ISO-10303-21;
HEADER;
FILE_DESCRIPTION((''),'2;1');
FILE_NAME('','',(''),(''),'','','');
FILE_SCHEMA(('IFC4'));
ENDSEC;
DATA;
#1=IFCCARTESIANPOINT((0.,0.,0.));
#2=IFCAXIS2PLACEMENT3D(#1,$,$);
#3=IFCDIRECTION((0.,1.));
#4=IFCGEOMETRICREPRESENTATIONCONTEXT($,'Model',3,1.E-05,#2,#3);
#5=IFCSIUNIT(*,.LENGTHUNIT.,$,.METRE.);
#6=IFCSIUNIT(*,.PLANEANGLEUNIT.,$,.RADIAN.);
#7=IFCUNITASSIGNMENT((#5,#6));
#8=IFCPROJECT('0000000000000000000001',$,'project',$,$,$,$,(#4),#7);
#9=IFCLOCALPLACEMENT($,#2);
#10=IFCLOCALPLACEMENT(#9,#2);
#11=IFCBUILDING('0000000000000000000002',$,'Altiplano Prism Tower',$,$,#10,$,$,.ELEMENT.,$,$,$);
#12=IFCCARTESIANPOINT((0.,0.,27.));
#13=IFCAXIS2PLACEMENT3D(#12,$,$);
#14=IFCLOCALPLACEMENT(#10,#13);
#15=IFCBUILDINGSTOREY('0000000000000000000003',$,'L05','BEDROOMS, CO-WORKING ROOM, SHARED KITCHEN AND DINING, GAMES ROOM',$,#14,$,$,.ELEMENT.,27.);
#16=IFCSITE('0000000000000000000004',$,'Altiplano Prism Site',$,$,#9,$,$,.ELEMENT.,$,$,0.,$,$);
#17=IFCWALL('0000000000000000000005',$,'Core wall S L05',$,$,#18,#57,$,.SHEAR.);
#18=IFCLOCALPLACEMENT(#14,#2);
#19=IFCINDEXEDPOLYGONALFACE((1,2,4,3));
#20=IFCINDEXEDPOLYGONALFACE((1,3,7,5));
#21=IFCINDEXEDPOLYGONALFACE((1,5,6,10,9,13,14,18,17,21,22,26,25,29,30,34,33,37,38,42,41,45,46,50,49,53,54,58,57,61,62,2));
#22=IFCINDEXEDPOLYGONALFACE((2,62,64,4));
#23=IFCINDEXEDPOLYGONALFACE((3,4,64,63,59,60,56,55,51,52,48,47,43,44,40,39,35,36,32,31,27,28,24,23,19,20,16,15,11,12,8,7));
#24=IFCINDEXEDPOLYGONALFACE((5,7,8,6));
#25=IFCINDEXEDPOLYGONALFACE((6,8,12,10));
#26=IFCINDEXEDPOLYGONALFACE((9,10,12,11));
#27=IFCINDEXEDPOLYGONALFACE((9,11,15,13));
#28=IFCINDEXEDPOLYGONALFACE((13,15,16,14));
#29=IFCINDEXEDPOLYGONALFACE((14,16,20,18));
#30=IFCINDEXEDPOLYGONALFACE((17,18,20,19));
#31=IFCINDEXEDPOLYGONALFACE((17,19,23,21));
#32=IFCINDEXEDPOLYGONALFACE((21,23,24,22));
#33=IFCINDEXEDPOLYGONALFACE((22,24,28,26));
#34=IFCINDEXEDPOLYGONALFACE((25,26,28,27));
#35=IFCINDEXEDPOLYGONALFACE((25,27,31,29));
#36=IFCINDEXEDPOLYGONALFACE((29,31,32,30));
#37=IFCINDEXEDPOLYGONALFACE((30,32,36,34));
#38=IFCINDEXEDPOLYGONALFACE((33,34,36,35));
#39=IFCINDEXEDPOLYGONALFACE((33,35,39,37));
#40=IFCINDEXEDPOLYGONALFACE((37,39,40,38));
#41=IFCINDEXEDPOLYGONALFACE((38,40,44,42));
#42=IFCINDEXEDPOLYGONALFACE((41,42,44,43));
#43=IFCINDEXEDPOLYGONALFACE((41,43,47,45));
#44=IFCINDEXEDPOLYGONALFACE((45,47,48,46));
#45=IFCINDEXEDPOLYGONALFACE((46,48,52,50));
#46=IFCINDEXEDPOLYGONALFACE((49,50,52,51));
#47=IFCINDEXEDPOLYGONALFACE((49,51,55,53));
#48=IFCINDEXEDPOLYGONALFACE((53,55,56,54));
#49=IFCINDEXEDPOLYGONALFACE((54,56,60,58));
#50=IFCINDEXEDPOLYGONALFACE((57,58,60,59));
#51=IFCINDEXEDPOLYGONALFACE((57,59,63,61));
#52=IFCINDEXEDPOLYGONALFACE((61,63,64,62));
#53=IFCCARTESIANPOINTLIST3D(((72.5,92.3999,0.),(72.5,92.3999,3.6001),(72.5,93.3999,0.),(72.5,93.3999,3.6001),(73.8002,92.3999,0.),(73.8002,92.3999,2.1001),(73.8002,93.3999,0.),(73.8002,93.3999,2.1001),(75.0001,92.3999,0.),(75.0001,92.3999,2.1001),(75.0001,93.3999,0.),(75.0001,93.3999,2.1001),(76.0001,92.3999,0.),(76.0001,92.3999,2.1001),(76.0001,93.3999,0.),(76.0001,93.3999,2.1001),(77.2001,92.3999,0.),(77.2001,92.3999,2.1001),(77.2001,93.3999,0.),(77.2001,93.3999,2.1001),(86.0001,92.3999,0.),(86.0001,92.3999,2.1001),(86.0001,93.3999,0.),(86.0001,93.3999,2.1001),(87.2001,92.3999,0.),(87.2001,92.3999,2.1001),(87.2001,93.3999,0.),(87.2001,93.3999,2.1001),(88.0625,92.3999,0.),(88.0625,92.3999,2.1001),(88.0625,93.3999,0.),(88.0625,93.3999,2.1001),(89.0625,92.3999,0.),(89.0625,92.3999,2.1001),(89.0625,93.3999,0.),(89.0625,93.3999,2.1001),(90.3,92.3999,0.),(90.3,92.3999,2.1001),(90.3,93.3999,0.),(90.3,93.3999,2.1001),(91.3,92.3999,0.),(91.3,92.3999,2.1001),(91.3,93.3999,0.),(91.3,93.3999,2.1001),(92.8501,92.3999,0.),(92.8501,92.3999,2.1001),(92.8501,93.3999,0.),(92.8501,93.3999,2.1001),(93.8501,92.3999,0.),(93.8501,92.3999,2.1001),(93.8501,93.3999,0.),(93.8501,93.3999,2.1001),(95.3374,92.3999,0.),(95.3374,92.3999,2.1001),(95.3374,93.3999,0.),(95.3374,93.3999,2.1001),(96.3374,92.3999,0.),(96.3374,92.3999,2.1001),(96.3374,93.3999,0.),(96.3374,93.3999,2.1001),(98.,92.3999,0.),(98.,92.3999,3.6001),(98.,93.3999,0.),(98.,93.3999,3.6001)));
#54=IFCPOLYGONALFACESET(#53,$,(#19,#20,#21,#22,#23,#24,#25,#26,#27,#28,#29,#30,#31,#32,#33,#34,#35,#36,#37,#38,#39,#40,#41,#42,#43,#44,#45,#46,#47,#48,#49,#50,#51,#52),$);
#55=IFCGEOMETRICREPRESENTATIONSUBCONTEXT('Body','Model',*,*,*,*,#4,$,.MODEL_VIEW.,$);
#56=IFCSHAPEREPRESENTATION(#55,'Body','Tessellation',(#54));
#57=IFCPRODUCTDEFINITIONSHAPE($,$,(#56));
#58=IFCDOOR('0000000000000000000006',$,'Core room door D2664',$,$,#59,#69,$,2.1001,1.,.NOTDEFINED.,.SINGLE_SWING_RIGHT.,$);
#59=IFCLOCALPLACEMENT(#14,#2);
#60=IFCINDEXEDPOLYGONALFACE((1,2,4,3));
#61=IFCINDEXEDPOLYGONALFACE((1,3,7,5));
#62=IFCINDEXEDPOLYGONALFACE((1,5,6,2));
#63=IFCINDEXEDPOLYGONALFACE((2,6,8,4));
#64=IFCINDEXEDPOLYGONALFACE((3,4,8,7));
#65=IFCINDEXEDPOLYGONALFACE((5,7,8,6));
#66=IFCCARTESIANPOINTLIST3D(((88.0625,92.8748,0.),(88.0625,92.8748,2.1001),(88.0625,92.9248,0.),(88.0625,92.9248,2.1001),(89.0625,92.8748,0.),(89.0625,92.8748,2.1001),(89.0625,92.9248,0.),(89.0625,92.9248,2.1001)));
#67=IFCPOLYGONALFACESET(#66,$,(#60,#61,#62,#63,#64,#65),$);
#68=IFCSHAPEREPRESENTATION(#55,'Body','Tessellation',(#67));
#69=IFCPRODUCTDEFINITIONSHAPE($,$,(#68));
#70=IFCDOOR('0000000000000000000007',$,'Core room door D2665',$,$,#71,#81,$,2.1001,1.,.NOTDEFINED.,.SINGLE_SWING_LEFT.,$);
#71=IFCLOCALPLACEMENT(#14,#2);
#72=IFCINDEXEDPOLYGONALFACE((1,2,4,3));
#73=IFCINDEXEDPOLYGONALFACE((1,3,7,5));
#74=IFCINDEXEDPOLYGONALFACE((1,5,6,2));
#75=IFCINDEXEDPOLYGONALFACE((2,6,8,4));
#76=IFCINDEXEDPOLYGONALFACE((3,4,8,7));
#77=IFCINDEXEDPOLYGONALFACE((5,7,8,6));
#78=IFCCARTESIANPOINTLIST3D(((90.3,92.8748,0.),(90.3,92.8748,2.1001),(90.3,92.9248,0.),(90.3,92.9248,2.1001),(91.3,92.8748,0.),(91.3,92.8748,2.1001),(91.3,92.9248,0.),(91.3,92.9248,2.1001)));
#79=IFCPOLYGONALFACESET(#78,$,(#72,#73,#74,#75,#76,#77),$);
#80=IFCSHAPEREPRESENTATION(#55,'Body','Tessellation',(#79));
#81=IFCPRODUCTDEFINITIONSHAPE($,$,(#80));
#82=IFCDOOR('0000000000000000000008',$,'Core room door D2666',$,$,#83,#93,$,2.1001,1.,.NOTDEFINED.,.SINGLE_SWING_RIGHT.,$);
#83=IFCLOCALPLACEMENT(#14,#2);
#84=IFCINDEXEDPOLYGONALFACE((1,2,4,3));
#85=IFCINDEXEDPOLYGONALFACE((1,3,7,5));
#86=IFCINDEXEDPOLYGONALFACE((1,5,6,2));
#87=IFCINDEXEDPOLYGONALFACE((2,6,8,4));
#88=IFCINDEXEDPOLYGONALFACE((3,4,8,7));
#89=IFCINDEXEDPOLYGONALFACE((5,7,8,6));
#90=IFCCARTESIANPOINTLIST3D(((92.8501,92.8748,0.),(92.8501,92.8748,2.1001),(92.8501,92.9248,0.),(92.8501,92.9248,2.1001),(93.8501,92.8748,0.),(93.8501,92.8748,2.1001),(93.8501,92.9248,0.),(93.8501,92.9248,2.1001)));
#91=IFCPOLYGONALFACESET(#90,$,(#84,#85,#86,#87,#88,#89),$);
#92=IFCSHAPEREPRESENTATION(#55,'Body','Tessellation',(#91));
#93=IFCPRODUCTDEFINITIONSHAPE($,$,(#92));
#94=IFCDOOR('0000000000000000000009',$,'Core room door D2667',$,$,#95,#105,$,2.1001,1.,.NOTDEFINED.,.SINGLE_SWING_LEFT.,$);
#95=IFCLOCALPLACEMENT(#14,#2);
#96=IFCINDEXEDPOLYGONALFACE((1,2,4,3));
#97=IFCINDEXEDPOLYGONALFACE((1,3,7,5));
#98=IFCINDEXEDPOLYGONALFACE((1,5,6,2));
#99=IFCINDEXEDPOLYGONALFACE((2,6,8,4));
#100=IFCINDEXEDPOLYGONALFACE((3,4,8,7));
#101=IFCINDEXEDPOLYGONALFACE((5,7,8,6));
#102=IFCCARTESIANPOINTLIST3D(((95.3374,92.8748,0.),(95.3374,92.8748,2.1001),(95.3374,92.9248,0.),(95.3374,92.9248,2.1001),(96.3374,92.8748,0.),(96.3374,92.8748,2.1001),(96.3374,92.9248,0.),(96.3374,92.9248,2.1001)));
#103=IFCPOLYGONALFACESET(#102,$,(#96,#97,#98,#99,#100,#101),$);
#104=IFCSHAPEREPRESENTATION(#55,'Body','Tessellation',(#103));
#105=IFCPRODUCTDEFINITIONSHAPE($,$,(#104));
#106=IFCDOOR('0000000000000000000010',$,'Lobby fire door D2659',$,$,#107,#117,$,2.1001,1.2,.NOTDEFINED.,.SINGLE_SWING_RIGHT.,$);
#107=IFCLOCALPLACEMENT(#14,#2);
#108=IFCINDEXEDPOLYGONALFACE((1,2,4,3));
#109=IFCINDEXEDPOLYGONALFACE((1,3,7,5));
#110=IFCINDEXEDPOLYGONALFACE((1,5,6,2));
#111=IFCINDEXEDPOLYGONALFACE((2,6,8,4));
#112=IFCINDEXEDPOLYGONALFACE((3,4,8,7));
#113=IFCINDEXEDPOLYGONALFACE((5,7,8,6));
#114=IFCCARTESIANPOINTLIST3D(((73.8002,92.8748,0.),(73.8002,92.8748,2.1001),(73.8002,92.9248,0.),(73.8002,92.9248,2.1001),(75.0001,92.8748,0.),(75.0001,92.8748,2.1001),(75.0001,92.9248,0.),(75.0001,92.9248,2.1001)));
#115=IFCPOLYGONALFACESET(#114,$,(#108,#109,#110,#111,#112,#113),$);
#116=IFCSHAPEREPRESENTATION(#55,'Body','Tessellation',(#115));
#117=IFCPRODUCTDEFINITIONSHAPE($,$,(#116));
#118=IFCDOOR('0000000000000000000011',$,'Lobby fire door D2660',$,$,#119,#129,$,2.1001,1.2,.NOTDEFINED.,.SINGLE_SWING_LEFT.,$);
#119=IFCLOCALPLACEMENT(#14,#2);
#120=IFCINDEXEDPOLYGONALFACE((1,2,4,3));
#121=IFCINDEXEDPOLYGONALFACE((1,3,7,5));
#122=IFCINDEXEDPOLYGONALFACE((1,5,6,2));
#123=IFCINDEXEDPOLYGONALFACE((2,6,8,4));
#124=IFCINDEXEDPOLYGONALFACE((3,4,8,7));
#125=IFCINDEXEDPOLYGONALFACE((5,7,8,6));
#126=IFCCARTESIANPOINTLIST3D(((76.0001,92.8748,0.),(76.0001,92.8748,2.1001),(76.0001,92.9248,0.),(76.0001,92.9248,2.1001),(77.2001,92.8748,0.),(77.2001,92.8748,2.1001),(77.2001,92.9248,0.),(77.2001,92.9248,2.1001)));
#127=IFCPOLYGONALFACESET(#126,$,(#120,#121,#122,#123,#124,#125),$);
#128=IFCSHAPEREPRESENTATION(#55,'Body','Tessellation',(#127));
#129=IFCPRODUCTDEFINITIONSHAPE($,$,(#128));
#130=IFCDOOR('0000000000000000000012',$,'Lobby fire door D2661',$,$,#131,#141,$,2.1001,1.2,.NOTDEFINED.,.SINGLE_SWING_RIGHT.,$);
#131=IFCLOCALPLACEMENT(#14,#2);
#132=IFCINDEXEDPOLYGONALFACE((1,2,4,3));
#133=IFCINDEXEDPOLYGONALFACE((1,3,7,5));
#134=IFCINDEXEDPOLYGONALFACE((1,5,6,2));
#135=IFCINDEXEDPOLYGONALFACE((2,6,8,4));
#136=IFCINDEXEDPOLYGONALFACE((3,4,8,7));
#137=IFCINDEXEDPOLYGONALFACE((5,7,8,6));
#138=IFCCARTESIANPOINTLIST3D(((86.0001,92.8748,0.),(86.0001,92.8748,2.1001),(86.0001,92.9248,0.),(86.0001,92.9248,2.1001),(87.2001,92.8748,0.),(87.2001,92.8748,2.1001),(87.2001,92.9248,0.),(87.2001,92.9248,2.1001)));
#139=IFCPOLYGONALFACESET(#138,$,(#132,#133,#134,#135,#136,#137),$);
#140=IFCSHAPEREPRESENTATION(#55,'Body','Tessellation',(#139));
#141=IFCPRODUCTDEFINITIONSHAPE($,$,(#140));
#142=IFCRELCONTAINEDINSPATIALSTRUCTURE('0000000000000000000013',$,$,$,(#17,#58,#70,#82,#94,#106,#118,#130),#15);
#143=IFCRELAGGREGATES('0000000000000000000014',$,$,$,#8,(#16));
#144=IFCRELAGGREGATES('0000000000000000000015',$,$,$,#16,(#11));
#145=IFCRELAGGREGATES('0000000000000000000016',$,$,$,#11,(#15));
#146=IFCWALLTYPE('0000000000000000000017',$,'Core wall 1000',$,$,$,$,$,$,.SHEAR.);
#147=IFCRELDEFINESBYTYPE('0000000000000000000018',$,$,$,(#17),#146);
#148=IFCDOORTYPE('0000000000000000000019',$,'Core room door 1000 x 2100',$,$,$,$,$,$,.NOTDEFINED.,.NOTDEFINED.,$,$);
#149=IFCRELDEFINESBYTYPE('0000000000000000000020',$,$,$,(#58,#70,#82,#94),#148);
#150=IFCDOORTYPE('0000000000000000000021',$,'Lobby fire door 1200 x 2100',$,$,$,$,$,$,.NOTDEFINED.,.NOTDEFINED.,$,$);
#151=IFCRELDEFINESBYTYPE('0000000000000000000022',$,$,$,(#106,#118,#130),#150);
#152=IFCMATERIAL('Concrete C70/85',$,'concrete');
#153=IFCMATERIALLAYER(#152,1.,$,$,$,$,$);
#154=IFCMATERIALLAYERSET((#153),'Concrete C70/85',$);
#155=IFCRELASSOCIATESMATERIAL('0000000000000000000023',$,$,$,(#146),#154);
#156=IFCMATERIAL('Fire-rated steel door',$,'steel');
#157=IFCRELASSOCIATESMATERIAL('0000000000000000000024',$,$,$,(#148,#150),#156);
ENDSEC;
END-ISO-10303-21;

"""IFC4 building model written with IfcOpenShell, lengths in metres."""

from ifc_helpers import new_model, si_unit, direction, frame, frame_2d, origin, place, context, subcontext, project, spatial, rectangle, extrude, material, layer, layer_set, type_object, element, fill, save


model = new_model("IFC4")

# Units and contexts
model_context = context("Model", 3, precision=1e-05, world=origin(), true_north=direction((0.0, 1.0)))
body_context = subcontext(model_context, "Body", "Model", "MODEL_VIEW")
ifc_project = project(units=[si_unit("LENGTHUNIT", "METRE"), si_unit("PLANEANGLEUNIT", "RADIAN")], contexts=[model_context])

# Site, building, storey
site_placement = place(None, origin())
site = spatial("IfcSite", under=ifc_project, at=site_placement, Name="Altiplano Prism Site", CompositionType="ELEMENT", RefElevation=0.0)
building_placement = place(site_placement, origin())
building = spatial("IfcBuilding", under=site, at=building_placement, Name="Altiplano Prism Tower", CompositionType="ELEMENT")
storey_placement = place(building_placement, frame((0.0, 0.0, 27.0)))
storey = spatial("IfcBuildingStorey", under=building, at=storey_placement, Name="L05", Description="BEDROOMS, CO-WORKING ROOM, SHARED KITCHEN AND DINING, GAMES ROOM", CompositionType="ELEMENT", Elevation=27.0)

# Wall, openings, doors
ifc_material_1 = material(Name="Concrete C70/85", Category="concrete")
ifc_layer_1 = layer(ifc_material_1, 1.0)
ifc_layer_set_1 = layer_set([ifc_layer_1], Name="Concrete C70/85")
wall_type_1 = type_object("IfcWallType", Name="Core wall 1000", PredefinedType="SHEAR", material=ifc_layer_set_1)
wall_1_placement = place(storey_placement, frame((72.5, 92.8999, 0.0), z_axis=(0.0, 0.0, 1.0), x_axis=(1.0, 0.0, 0.0)))
wall_1 = element("IfcWall", 1, at=wall_1_placement, inside=storey, type_object=wall_type_1, Name="Core wall S L05", PredefinedType="SHEAR", context=body_context, shape_type="SweptSolid", body=[
    extrude(rectangle(XDim=25.5, YDim=1.0, at=frame_2d((12.75, 0.0))), origin(), (0.0, 0.0, 1.0), 3.6001),
])
opening_1_placement = place(wall_1_placement, frame((1.3, 0.0, 0.0)))
opening_1 = element("IfcOpeningElement", 2, at=opening_1_placement, cuts=wall_1, PredefinedType="OPENING", context=body_context, shape_type="SweptSolid", body=[
    extrude(rectangle(XDim=1.2, YDim=2.1001, at=frame_2d((0.6001, 1.05))), frame((0.0, 0.5105, 0.0), z_axis=(0.0, -1.0, 0.0), x_axis=(1.0, 0.0, 0.0)), (0.0, 0.0, 1.0), 1.021),
])
opening_2_placement = place(wall_1_placement, frame((3.5, 0.0, 0.0)))
opening_2 = element("IfcOpeningElement", 3, at=opening_2_placement, cuts=wall_1, PredefinedType="OPENING", context=body_context, shape_type="SweptSolid", body=[
    extrude(rectangle(XDim=1.2, YDim=2.1001, at=frame_2d((0.6001, 1.05))), frame((0.0, 0.5105, 0.0), z_axis=(0.0, -1.0, 0.0), x_axis=(1.0, 0.0, 0.0)), (0.0, 0.0, 1.0), 1.021),
])
opening_3_placement = place(wall_1_placement, frame((13.5, 0.0, 0.0)))
opening_3 = element("IfcOpeningElement", 4, at=opening_3_placement, cuts=wall_1, PredefinedType="OPENING", context=body_context, shape_type="SweptSolid", body=[
    extrude(rectangle(XDim=1.2, YDim=2.1001, at=frame_2d((0.6001, 1.05))), frame((0.0, 0.5105, 0.0), z_axis=(0.0, -1.0, 0.0), x_axis=(1.0, 0.0, 0.0)), (0.0, 0.0, 1.0), 1.021),
])
opening_4_placement = place(wall_1_placement, frame((15.5625, 0.0, 0.0)))
opening_4 = element("IfcOpeningElement", 5, at=opening_4_placement, cuts=wall_1, PredefinedType="OPENING", context=body_context, shape_type="SweptSolid", body=[
    extrude(rectangle(XDim=1.0, YDim=2.1001, at=frame_2d((0.5, 1.05))), frame((0.0, 0.5105, 0.0), z_axis=(0.0, -1.0, 0.0), x_axis=(1.0, 0.0, 0.0)), (0.0, 0.0, 1.0), 1.021),
])
opening_5_placement = place(wall_1_placement, frame((17.8, 0.0, 0.0)))
opening_5 = element("IfcOpeningElement", 6, at=opening_5_placement, cuts=wall_1, PredefinedType="OPENING", context=body_context, shape_type="SweptSolid", body=[
    extrude(rectangle(XDim=1.0, YDim=2.1001, at=frame_2d((0.5, 1.05))), frame((0.0, 0.5105, 0.0), z_axis=(0.0, -1.0, 0.0), x_axis=(1.0, 0.0, 0.0)), (0.0, 0.0, 1.0), 1.021),
])
opening_6_placement = place(wall_1_placement, frame((20.3501, 0.0, 0.0)))
opening_6 = element("IfcOpeningElement", 7, at=opening_6_placement, cuts=wall_1, PredefinedType="OPENING", context=body_context, shape_type="SweptSolid", body=[
    extrude(rectangle(XDim=1.0, YDim=2.1001, at=frame_2d((0.5, 1.05))), frame((0.0, 0.5105, 0.0), z_axis=(0.0, -1.0, 0.0), x_axis=(1.0, 0.0, 0.0)), (0.0, 0.0, 1.0), 1.021),
])
opening_7_placement = place(wall_1_placement, frame((22.8374, 0.0, 0.0)))
opening_7 = element("IfcOpeningElement", 8, at=opening_7_placement, cuts=wall_1, PredefinedType="OPENING", context=body_context, shape_type="SweptSolid", body=[
    extrude(rectangle(XDim=1.0, YDim=2.1001, at=frame_2d((0.5, 1.05))), frame((0.0, 0.5105, 0.0), z_axis=(0.0, -1.0, 0.0), x_axis=(1.0, 0.0, 0.0)), (0.0, 0.0, 1.0), 1.021),
])
ifc_material_2 = material(Name="Fire-rated steel door", Category="steel")
door_type_1 = type_object("IfcDoorType", Name="Core room door 1000 x 2100", OperationType="NOTDEFINED", PredefinedType="NOTDEFINED", material=ifc_material_2)
door_1_placement = place(opening_4_placement, origin())
door_1 = element("IfcDoor", 9, at=door_1_placement, inside=storey, type_object=door_type_1, Name="Core room door D2664", OperationType="SINGLE_SWING_RIGHT", OverallHeight=2.1001, OverallWidth=1.0, PredefinedType="NOTDEFINED", context=body_context, shape_type="SweptSolid", body=[
    extrude(rectangle(XDim=1.0, YDim=2.1001, at=frame_2d((0.5, 1.05))), frame((0.0, 0.0249, 0.0), z_axis=(0.0, -1.0, 0.0), x_axis=(1.0, 0.0, 0.0)), (0.0, 0.0, 1.0), 0.05),
])
fill(opening_4, door_1)
door_2_placement = place(opening_5_placement, origin())
door_2 = element("IfcDoor", 10, at=door_2_placement, inside=storey, type_object=door_type_1, Name="Core room door D2665", OperationType="SINGLE_SWING_LEFT", OverallHeight=2.1001, OverallWidth=1.0, PredefinedType="NOTDEFINED", context=body_context, shape_type="SweptSolid", body=[
    extrude(rectangle(XDim=1.0, YDim=2.1001, at=frame_2d((0.5, 1.05))), frame((0.0, 0.0249, 0.0), z_axis=(0.0, -1.0, 0.0), x_axis=(1.0, 0.0, 0.0)), (0.0, 0.0, 1.0), 0.05),
])
fill(opening_5, door_2)
door_3_placement = place(opening_6_placement, origin())
door_3 = element("IfcDoor", 11, at=door_3_placement, inside=storey, type_object=door_type_1, Name="Core room door D2666", OperationType="SINGLE_SWING_RIGHT", OverallHeight=2.1001, OverallWidth=1.0, PredefinedType="NOTDEFINED", context=body_context, shape_type="SweptSolid", body=[
    extrude(rectangle(XDim=1.0, YDim=2.1001, at=frame_2d((0.5, 1.05))), frame((0.0, 0.0249, 0.0), z_axis=(0.0, -1.0, 0.0), x_axis=(1.0, 0.0, 0.0)), (0.0, 0.0, 1.0), 0.05),
])
fill(opening_6, door_3)
door_4_placement = place(opening_7_placement, origin())
door_4 = element("IfcDoor", 12, at=door_4_placement, inside=storey, type_object=door_type_1, Name="Core room door D2667", OperationType="SINGLE_SWING_LEFT", OverallHeight=2.1001, OverallWidth=1.0, PredefinedType="NOTDEFINED", context=body_context, shape_type="SweptSolid", body=[
    extrude(rectangle(XDim=1.0, YDim=2.1001, at=frame_2d((0.5, 1.05))), frame((0.0, 0.0249, 0.0), z_axis=(0.0, -1.0, 0.0), x_axis=(1.0, 0.0, 0.0)), (0.0, 0.0, 1.0), 0.05),
])
fill(opening_7, door_4)
door_type_2 = type_object("IfcDoorType", Name="Lobby fire door 1200 x 2100", OperationType="NOTDEFINED", PredefinedType="NOTDEFINED", material=ifc_material_2)
door_5_placement = place(opening_1_placement, origin())
door_5 = element("IfcDoor", 13, at=door_5_placement, inside=storey, type_object=door_type_2, Name="Lobby fire door D2659", OperationType="SINGLE_SWING_RIGHT", OverallHeight=2.1001, OverallWidth=1.2, PredefinedType="NOTDEFINED", context=body_context, shape_type="SweptSolid", body=[
    extrude(rectangle(XDim=1.2, YDim=2.1001, at=frame_2d((0.6001, 1.05))), frame((0.0, 0.0249, 0.0), z_axis=(0.0, -1.0, 0.0), x_axis=(1.0, 0.0, 0.0)), (0.0, 0.0, 1.0), 0.05),
])
fill(opening_1, door_5)
door_6_placement = place(opening_2_placement, origin())
door_6 = element("IfcDoor", 14, at=door_6_placement, inside=storey, type_object=door_type_2, Name="Lobby fire door D2660", OperationType="SINGLE_SWING_LEFT", OverallHeight=2.1001, OverallWidth=1.2, PredefinedType="NOTDEFINED", context=body_context, shape_type="SweptSolid", body=[
    extrude(rectangle(XDim=1.2, YDim=2.1001, at=frame_2d((0.6001, 1.05))), frame((0.0, 0.0249, 0.0), z_axis=(0.0, -1.0, 0.0), x_axis=(1.0, 0.0, 0.0)), (0.0, 0.0, 1.0), 0.05),
])
fill(opening_2, door_6)
door_7_placement = place(opening_3_placement, origin())
door_7 = element("IfcDoor", 15, at=door_7_placement, inside=storey, type_object=door_type_2, Name="Lobby fire door D2661", OperationType="SINGLE_SWING_RIGHT", OverallHeight=2.1001, OverallWidth=1.2, PredefinedType="NOTDEFINED", context=body_context, shape_type="SweptSolid", body=[
    extrude(rectangle(XDim=1.2, YDim=2.1001, at=frame_2d((0.6001, 1.05))), frame((0.0, 0.0249, 0.0), z_axis=(0.0, -1.0, 0.0), x_axis=(1.0, 0.0, 0.0)), (0.0, 0.0, 1.0), 0.05),
])
fill(opening_3, door_7)

save(model, "model.ifc")
